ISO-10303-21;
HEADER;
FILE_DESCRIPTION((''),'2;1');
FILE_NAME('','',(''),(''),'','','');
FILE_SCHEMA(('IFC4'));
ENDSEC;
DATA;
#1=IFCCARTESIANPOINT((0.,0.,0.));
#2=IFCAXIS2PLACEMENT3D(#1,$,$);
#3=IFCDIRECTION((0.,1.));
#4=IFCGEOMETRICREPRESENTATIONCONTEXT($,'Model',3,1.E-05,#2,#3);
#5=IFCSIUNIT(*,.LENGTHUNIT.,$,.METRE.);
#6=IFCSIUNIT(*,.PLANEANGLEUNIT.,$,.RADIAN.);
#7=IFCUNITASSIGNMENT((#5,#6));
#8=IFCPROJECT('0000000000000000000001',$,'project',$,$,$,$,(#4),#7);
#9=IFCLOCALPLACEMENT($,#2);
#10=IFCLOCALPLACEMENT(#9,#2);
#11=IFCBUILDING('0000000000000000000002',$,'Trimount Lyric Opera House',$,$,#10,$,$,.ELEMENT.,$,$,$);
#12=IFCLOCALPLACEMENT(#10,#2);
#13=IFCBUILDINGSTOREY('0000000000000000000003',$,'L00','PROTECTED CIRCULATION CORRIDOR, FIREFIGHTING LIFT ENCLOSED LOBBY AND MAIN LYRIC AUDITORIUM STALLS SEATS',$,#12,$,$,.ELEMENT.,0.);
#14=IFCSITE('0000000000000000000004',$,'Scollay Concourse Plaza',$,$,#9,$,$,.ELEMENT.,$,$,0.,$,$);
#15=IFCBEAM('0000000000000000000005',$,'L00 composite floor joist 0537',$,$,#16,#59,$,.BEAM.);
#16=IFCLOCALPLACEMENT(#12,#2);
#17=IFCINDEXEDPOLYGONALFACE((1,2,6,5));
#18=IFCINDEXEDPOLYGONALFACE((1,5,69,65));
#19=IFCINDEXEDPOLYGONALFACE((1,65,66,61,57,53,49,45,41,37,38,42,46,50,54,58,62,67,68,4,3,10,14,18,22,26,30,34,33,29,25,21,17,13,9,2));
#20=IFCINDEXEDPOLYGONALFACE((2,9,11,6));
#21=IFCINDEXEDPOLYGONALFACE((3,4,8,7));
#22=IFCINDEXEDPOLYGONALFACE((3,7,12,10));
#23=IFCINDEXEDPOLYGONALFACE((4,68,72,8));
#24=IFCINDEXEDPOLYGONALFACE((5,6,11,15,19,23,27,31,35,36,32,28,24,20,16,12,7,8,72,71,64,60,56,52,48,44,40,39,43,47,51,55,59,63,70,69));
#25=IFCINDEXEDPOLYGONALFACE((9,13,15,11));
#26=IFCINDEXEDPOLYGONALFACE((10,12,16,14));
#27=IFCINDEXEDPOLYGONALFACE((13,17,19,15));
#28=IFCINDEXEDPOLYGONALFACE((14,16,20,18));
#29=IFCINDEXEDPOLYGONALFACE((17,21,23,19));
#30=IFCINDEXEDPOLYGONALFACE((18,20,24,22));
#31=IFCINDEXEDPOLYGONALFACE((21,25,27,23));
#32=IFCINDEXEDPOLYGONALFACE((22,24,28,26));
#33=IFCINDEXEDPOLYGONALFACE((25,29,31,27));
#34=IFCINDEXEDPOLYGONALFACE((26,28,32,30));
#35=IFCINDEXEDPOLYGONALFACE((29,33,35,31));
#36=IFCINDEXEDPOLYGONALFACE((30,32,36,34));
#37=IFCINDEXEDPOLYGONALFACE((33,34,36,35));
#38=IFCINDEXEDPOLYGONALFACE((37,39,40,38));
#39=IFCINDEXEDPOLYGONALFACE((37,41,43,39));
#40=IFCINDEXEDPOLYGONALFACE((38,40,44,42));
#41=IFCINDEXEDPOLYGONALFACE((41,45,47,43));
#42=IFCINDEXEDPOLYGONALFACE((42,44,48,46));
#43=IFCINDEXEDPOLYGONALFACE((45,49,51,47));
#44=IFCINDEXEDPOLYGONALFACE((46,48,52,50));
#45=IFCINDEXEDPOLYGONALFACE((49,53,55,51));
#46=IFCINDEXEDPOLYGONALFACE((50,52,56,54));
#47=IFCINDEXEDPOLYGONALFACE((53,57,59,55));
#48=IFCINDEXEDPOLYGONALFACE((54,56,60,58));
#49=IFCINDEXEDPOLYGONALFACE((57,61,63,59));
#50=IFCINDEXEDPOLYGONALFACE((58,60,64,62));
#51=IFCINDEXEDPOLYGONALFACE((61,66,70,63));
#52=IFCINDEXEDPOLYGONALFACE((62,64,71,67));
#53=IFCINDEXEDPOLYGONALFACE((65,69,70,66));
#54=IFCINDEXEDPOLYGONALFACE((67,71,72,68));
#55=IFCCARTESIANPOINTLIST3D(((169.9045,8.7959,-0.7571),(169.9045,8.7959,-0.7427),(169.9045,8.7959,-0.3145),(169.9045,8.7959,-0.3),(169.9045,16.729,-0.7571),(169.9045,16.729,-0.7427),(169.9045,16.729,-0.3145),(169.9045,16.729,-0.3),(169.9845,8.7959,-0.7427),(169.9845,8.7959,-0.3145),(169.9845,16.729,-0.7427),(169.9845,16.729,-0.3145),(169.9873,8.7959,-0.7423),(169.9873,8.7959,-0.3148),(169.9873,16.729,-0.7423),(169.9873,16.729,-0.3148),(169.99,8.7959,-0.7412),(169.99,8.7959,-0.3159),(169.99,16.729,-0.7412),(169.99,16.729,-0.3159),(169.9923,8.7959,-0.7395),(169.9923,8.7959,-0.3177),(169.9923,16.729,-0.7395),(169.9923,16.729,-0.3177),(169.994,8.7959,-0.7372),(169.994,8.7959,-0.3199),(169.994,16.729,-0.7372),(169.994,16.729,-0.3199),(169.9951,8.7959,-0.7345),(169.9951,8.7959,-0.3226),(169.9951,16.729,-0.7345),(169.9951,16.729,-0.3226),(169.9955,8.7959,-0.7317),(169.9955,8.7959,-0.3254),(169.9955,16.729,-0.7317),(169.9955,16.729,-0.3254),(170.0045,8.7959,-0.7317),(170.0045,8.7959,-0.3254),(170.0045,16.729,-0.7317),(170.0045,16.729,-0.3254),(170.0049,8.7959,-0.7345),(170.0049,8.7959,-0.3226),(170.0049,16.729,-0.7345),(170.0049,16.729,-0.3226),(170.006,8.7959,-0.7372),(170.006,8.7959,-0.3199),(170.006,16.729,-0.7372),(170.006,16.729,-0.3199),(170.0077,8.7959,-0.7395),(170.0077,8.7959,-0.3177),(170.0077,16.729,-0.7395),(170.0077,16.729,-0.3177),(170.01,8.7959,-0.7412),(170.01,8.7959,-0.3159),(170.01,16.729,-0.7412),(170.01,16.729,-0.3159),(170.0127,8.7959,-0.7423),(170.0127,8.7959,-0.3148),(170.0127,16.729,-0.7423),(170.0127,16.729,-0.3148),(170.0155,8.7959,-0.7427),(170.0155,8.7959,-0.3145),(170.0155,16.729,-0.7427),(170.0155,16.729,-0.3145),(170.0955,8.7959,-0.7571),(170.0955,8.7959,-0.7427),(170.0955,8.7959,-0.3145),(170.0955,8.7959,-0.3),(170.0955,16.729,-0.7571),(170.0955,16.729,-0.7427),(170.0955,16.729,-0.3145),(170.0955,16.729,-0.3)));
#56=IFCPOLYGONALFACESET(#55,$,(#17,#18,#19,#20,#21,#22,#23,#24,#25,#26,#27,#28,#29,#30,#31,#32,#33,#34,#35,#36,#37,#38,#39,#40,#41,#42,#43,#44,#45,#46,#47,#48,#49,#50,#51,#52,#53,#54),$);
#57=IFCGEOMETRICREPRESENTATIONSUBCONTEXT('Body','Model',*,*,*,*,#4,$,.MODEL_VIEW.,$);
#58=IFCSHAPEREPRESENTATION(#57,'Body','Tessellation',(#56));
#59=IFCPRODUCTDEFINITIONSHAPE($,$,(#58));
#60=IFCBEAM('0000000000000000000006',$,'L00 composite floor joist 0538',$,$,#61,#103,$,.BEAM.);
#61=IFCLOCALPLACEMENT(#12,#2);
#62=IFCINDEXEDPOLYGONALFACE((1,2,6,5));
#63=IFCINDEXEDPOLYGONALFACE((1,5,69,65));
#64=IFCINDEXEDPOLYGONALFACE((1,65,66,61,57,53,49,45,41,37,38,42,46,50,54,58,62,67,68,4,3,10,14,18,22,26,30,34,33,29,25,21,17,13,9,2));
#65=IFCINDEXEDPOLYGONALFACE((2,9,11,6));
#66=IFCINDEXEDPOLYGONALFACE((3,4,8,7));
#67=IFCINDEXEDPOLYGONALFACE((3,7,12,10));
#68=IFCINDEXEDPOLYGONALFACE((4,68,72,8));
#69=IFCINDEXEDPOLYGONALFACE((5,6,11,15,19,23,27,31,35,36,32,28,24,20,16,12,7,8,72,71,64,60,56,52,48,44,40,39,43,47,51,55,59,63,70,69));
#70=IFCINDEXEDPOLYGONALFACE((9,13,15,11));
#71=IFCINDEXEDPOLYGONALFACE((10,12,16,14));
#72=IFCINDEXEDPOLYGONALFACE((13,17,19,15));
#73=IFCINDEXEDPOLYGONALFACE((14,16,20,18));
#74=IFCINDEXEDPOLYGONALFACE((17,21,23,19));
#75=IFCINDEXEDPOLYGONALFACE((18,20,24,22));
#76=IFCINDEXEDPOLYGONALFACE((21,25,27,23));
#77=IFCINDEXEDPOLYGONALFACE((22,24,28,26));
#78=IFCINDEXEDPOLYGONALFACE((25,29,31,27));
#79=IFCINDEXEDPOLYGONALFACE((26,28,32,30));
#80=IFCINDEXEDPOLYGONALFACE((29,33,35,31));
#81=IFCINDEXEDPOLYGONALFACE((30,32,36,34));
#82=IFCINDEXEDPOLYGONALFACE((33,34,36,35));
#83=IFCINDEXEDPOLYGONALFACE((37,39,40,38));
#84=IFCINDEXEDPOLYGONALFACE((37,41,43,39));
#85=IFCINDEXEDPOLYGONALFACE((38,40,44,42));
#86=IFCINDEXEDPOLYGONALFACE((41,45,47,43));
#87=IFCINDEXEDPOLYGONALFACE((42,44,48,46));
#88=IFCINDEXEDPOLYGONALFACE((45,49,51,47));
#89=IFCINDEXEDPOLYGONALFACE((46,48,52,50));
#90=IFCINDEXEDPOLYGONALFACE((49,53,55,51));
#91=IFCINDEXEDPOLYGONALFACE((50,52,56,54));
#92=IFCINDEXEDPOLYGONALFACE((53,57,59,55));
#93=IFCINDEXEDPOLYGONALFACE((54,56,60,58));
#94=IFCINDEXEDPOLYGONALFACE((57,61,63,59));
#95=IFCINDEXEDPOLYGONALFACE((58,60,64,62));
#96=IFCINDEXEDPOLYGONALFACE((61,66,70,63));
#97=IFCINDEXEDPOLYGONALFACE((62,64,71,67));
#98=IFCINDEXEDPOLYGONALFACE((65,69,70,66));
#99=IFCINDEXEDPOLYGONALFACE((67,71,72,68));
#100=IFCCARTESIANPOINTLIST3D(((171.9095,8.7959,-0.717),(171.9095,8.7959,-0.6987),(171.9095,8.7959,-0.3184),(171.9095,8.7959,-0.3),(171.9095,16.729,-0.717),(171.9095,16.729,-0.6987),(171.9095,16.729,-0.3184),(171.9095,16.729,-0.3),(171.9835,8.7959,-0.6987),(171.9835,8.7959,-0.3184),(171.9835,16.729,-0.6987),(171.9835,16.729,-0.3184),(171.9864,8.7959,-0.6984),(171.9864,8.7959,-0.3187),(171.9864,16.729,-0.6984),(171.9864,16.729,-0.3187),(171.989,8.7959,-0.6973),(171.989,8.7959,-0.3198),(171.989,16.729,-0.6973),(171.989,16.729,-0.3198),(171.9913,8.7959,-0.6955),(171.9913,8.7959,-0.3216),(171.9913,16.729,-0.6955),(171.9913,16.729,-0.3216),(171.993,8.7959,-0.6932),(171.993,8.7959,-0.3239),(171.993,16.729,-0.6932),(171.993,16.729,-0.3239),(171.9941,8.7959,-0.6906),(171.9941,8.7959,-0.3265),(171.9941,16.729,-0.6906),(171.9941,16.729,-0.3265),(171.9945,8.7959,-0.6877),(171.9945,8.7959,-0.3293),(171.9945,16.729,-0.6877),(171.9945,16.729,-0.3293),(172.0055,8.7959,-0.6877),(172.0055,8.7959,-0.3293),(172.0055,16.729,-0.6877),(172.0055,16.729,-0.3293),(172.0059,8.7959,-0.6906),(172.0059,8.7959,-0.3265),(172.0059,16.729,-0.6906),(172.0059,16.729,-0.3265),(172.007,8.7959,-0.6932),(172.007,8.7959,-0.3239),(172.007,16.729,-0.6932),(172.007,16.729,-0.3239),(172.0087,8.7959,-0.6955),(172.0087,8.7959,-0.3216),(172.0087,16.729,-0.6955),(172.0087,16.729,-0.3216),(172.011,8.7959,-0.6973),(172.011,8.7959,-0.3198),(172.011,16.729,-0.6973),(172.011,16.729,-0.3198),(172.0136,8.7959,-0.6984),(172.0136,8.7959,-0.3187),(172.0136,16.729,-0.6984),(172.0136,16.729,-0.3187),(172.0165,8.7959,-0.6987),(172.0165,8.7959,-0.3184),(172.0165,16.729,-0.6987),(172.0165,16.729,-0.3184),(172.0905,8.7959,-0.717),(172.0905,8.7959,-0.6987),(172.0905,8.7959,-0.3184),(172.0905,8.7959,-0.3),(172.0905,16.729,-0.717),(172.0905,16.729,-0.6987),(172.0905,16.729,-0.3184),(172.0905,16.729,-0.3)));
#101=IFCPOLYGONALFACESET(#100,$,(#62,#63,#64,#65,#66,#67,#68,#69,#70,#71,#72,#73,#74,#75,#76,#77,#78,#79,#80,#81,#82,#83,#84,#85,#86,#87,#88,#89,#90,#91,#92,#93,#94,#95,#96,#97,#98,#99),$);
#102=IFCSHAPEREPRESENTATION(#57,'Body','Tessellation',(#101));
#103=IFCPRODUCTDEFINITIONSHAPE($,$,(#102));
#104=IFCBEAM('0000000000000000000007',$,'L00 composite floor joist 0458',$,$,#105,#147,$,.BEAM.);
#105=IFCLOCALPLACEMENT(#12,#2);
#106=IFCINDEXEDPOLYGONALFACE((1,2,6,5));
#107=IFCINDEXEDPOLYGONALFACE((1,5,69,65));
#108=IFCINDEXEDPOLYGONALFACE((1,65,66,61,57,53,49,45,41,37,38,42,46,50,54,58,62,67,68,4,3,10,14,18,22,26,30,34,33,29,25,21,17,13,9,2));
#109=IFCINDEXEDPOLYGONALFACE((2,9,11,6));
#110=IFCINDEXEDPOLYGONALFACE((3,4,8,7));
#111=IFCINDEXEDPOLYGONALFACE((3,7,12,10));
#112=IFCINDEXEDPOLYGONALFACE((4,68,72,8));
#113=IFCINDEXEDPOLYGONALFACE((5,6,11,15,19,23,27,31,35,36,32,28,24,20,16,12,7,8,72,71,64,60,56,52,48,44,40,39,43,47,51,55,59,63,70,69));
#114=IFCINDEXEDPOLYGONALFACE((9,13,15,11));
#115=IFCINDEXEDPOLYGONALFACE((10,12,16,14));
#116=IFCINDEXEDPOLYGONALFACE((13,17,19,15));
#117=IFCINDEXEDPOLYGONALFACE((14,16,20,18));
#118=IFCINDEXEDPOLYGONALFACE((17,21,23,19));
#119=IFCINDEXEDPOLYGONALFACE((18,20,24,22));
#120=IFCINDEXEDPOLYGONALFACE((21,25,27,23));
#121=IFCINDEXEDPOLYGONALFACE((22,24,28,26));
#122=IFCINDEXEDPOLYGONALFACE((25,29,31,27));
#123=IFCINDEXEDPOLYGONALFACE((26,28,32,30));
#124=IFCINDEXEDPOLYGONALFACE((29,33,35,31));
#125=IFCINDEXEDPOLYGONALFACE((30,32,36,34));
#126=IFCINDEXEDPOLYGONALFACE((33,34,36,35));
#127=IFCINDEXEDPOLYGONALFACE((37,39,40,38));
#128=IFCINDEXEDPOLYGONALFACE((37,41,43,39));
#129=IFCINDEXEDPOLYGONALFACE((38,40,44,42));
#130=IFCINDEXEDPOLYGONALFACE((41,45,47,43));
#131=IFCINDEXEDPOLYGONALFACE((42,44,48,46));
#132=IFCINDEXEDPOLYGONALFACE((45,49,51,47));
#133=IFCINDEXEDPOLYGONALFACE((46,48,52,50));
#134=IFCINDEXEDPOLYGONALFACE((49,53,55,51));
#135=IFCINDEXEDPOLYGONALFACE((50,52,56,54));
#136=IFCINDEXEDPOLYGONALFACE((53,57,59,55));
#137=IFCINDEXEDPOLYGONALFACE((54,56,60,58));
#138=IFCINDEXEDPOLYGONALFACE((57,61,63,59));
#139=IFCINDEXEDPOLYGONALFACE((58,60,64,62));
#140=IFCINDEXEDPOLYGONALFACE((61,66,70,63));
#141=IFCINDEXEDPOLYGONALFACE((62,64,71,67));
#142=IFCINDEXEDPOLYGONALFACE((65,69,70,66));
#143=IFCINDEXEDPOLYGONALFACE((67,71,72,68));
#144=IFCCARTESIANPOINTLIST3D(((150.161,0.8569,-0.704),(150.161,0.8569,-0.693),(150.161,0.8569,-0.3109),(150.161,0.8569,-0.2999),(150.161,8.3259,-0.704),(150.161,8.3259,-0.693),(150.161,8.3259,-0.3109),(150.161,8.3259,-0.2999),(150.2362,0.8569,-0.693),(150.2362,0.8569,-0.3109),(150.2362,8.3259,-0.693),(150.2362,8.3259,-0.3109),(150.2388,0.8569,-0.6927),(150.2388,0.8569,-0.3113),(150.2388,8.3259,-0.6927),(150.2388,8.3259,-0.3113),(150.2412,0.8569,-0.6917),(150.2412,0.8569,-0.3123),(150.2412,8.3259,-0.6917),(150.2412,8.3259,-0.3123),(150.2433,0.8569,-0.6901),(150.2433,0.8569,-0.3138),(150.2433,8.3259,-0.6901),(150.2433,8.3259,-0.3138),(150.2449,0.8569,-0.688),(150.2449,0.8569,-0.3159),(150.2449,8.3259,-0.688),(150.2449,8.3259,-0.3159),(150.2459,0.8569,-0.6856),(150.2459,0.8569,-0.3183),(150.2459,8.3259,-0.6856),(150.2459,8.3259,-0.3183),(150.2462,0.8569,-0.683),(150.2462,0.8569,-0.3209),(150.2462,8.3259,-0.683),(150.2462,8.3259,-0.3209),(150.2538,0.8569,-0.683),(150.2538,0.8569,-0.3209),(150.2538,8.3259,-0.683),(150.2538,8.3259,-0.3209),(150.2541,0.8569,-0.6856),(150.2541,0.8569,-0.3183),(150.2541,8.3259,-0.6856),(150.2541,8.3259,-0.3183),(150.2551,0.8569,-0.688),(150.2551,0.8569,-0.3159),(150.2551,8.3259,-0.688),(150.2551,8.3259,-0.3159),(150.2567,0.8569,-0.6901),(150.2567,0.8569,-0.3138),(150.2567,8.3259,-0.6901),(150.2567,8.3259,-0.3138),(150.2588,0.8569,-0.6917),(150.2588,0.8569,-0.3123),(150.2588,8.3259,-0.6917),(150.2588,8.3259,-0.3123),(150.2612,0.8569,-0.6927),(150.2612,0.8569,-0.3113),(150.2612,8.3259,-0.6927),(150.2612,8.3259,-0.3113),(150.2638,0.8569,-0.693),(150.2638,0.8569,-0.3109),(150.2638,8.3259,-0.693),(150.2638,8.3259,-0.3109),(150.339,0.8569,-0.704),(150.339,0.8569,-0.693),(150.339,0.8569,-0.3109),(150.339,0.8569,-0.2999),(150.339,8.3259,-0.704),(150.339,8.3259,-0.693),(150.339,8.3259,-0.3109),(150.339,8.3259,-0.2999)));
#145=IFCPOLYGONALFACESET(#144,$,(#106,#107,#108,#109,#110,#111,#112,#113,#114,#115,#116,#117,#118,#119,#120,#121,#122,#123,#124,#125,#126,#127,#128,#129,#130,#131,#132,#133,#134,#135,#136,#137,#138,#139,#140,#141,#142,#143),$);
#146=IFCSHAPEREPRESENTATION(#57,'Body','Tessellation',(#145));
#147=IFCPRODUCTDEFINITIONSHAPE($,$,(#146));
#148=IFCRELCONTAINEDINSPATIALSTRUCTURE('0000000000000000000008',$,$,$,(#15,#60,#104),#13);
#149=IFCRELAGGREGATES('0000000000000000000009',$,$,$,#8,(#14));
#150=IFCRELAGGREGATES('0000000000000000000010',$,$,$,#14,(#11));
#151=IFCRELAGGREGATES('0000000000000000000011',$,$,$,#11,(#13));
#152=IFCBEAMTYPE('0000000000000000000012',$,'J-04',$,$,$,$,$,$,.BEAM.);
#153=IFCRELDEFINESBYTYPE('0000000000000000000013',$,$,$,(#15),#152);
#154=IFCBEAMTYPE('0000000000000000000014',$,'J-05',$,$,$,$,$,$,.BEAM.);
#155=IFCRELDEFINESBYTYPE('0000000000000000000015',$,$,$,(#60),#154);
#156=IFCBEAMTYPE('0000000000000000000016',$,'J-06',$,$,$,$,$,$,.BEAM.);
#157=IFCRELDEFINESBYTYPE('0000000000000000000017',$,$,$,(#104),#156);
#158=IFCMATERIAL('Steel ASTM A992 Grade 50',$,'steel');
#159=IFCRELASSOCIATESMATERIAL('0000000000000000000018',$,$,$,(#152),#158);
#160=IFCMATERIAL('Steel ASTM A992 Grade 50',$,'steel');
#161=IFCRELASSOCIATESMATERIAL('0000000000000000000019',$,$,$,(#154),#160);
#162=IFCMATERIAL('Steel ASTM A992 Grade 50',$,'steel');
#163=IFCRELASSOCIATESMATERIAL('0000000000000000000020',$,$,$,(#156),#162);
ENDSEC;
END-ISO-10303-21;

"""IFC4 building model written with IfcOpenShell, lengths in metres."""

from ifc_helpers import new_model, si_unit, direction, frame, origin, origin_2d, place, context, subcontext, project, spatial, i_section, extrude, material, material_profile, profile_set, type_object, element, save


model = new_model("IFC4")

# Units and contexts
model_context = context("Model", 3, precision=1e-05, world=origin(), true_north=direction((0.0, 1.0)))
body_context = subcontext(model_context, "Body", "Model", "MODEL_VIEW")
ifc_project = project(units=[si_unit("LENGTHUNIT", "METRE"), si_unit("PLANEANGLEUNIT", "RADIAN")], contexts=[model_context])

# Site, building, storey
site_placement = place(None, origin())
site = spatial("IfcSite", under=ifc_project, at=site_placement, Name="Scollay Concourse Plaza", CompositionType="ELEMENT", RefElevation=0.0)
building_placement = place(site_placement, origin())
building = spatial("IfcBuilding", under=site, at=building_placement, Name="Trimount Lyric Opera House", CompositionType="ELEMENT")
storey_placement = place(building_placement, origin())
storey = spatial("IfcBuildingStorey", under=building, at=storey_placement, Name="L00", Description="PROTECTED CIRCULATION CORRIDOR, FIREFIGHTING LIFT ENCLOSED LOBBY AND MAIN LYRIC AUDITORIUM STALLS SEATS", CompositionType="ELEMENT", Elevation=0.0)

# Beams
ifc_material_1 = material(Name="Steel ASTM A992 Grade 50", Category="steel")
ifc_material_profile_1 = material_profile(ifc_material_1, i_section(OverallWidth=0.1909, OverallDepth=0.457, WebThickness=0.009, FlangeThickness=0.0144, FilletRadius=0.011, at=origin_2d()), Name="W18X50")
ifc_profile_set_1 = profile_set([ifc_material_profile_1], Name="Steel ASTM A992 Grade 50")
beam_type_1 = type_object("IfcBeamType", Name="J-04", PredefinedType="BEAM", material=ifc_profile_set_1)
beam_1_placement = place(storey_placement, frame((170.0, 8.7959, -0.5286), z_axis=(0.0, 1.0, 0.0), x_axis=(-1.0, 0.0, 0.0)))
element("IfcBeam", 1, at=beam_1_placement, inside=storey, type_object=beam_type_1, Name="L00 composite floor joist 0537", PredefinedType="BEAM", context=body_context, shape_type="SweptSolid", body=[
    extrude(i_section(OverallWidth=0.1909, OverallDepth=0.457, WebThickness=0.009, FlangeThickness=0.0144, FilletRadius=0.011, at=origin_2d()), origin(), (0.0, 0.0, 1.0), 7.9331),
])
ifc_material_2 = material(Name="Steel ASTM A992 Grade 50", Category="steel")
ifc_material_profile_2 = material_profile(ifc_material_2, i_section(OverallWidth=0.1809, OverallDepth=0.417, WebThickness=0.011, FlangeThickness=0.0183, FilletRadius=0.011, at=origin_2d()), Name="W16X57")
ifc_profile_set_2 = profile_set([ifc_material_profile_2], Name="Steel ASTM A992 Grade 50")
beam_type_2 = type_object("IfcBeamType", Name="J-05", PredefinedType="BEAM", material=ifc_profile_set_2)
beam_2_placement = place(storey_placement, frame((172.0, 8.7959, -0.5085), z_axis=(0.0, 1.0, 0.0), x_axis=(-1.0, 0.0, 0.0)))
element("IfcBeam", 2, at=beam_2_placement, inside=storey, type_object=beam_type_2, Name="L00 composite floor joist 0538", PredefinedType="BEAM", context=body_context, shape_type="SweptSolid", body=[
    extrude(i_section(OverallWidth=0.1809, OverallDepth=0.417, WebThickness=0.011, FlangeThickness=0.0183, FilletRadius=0.011, at=origin_2d()), origin(), (0.0, 0.0, 1.0), 7.9331),
])
ifc_material_3 = material(Name="Steel ASTM A992 Grade 50", Category="steel")
ifc_material_profile_3 = material_profile(ifc_material_3, i_section(OverallWidth=0.178, OverallDepth=0.4041, WebThickness=0.0076, FlangeThickness=0.011, FilletRadius=0.01, at=origin_2d()), Name="W16X36")
ifc_profile_set_3 = profile_set([ifc_material_profile_3], Name="Steel ASTM A992 Grade 50")
beam_type_3 = type_object("IfcBeamType", Name="J-06", PredefinedType="BEAM", material=ifc_profile_set_3)
beam_3_placement = place(storey_placement, frame((150.25, 0.8569, -0.502), z_axis=(0.0, 1.0, 0.0), x_axis=(-1.0, 0.0, 0.0)))
element("IfcBeam", 3, at=beam_3_placement, inside=storey, type_object=beam_type_3, Name="L00 composite floor joist 0458", PredefinedType="BEAM", context=body_context, shape_type="SweptSolid", body=[
    extrude(i_section(OverallWidth=0.178, OverallDepth=0.4041, WebThickness=0.0076, FlangeThickness=0.011, FilletRadius=0.01, at=origin_2d()), origin(), (0.0, 0.0, 1.0), 7.469),
])

save(model, "model.ifc")
